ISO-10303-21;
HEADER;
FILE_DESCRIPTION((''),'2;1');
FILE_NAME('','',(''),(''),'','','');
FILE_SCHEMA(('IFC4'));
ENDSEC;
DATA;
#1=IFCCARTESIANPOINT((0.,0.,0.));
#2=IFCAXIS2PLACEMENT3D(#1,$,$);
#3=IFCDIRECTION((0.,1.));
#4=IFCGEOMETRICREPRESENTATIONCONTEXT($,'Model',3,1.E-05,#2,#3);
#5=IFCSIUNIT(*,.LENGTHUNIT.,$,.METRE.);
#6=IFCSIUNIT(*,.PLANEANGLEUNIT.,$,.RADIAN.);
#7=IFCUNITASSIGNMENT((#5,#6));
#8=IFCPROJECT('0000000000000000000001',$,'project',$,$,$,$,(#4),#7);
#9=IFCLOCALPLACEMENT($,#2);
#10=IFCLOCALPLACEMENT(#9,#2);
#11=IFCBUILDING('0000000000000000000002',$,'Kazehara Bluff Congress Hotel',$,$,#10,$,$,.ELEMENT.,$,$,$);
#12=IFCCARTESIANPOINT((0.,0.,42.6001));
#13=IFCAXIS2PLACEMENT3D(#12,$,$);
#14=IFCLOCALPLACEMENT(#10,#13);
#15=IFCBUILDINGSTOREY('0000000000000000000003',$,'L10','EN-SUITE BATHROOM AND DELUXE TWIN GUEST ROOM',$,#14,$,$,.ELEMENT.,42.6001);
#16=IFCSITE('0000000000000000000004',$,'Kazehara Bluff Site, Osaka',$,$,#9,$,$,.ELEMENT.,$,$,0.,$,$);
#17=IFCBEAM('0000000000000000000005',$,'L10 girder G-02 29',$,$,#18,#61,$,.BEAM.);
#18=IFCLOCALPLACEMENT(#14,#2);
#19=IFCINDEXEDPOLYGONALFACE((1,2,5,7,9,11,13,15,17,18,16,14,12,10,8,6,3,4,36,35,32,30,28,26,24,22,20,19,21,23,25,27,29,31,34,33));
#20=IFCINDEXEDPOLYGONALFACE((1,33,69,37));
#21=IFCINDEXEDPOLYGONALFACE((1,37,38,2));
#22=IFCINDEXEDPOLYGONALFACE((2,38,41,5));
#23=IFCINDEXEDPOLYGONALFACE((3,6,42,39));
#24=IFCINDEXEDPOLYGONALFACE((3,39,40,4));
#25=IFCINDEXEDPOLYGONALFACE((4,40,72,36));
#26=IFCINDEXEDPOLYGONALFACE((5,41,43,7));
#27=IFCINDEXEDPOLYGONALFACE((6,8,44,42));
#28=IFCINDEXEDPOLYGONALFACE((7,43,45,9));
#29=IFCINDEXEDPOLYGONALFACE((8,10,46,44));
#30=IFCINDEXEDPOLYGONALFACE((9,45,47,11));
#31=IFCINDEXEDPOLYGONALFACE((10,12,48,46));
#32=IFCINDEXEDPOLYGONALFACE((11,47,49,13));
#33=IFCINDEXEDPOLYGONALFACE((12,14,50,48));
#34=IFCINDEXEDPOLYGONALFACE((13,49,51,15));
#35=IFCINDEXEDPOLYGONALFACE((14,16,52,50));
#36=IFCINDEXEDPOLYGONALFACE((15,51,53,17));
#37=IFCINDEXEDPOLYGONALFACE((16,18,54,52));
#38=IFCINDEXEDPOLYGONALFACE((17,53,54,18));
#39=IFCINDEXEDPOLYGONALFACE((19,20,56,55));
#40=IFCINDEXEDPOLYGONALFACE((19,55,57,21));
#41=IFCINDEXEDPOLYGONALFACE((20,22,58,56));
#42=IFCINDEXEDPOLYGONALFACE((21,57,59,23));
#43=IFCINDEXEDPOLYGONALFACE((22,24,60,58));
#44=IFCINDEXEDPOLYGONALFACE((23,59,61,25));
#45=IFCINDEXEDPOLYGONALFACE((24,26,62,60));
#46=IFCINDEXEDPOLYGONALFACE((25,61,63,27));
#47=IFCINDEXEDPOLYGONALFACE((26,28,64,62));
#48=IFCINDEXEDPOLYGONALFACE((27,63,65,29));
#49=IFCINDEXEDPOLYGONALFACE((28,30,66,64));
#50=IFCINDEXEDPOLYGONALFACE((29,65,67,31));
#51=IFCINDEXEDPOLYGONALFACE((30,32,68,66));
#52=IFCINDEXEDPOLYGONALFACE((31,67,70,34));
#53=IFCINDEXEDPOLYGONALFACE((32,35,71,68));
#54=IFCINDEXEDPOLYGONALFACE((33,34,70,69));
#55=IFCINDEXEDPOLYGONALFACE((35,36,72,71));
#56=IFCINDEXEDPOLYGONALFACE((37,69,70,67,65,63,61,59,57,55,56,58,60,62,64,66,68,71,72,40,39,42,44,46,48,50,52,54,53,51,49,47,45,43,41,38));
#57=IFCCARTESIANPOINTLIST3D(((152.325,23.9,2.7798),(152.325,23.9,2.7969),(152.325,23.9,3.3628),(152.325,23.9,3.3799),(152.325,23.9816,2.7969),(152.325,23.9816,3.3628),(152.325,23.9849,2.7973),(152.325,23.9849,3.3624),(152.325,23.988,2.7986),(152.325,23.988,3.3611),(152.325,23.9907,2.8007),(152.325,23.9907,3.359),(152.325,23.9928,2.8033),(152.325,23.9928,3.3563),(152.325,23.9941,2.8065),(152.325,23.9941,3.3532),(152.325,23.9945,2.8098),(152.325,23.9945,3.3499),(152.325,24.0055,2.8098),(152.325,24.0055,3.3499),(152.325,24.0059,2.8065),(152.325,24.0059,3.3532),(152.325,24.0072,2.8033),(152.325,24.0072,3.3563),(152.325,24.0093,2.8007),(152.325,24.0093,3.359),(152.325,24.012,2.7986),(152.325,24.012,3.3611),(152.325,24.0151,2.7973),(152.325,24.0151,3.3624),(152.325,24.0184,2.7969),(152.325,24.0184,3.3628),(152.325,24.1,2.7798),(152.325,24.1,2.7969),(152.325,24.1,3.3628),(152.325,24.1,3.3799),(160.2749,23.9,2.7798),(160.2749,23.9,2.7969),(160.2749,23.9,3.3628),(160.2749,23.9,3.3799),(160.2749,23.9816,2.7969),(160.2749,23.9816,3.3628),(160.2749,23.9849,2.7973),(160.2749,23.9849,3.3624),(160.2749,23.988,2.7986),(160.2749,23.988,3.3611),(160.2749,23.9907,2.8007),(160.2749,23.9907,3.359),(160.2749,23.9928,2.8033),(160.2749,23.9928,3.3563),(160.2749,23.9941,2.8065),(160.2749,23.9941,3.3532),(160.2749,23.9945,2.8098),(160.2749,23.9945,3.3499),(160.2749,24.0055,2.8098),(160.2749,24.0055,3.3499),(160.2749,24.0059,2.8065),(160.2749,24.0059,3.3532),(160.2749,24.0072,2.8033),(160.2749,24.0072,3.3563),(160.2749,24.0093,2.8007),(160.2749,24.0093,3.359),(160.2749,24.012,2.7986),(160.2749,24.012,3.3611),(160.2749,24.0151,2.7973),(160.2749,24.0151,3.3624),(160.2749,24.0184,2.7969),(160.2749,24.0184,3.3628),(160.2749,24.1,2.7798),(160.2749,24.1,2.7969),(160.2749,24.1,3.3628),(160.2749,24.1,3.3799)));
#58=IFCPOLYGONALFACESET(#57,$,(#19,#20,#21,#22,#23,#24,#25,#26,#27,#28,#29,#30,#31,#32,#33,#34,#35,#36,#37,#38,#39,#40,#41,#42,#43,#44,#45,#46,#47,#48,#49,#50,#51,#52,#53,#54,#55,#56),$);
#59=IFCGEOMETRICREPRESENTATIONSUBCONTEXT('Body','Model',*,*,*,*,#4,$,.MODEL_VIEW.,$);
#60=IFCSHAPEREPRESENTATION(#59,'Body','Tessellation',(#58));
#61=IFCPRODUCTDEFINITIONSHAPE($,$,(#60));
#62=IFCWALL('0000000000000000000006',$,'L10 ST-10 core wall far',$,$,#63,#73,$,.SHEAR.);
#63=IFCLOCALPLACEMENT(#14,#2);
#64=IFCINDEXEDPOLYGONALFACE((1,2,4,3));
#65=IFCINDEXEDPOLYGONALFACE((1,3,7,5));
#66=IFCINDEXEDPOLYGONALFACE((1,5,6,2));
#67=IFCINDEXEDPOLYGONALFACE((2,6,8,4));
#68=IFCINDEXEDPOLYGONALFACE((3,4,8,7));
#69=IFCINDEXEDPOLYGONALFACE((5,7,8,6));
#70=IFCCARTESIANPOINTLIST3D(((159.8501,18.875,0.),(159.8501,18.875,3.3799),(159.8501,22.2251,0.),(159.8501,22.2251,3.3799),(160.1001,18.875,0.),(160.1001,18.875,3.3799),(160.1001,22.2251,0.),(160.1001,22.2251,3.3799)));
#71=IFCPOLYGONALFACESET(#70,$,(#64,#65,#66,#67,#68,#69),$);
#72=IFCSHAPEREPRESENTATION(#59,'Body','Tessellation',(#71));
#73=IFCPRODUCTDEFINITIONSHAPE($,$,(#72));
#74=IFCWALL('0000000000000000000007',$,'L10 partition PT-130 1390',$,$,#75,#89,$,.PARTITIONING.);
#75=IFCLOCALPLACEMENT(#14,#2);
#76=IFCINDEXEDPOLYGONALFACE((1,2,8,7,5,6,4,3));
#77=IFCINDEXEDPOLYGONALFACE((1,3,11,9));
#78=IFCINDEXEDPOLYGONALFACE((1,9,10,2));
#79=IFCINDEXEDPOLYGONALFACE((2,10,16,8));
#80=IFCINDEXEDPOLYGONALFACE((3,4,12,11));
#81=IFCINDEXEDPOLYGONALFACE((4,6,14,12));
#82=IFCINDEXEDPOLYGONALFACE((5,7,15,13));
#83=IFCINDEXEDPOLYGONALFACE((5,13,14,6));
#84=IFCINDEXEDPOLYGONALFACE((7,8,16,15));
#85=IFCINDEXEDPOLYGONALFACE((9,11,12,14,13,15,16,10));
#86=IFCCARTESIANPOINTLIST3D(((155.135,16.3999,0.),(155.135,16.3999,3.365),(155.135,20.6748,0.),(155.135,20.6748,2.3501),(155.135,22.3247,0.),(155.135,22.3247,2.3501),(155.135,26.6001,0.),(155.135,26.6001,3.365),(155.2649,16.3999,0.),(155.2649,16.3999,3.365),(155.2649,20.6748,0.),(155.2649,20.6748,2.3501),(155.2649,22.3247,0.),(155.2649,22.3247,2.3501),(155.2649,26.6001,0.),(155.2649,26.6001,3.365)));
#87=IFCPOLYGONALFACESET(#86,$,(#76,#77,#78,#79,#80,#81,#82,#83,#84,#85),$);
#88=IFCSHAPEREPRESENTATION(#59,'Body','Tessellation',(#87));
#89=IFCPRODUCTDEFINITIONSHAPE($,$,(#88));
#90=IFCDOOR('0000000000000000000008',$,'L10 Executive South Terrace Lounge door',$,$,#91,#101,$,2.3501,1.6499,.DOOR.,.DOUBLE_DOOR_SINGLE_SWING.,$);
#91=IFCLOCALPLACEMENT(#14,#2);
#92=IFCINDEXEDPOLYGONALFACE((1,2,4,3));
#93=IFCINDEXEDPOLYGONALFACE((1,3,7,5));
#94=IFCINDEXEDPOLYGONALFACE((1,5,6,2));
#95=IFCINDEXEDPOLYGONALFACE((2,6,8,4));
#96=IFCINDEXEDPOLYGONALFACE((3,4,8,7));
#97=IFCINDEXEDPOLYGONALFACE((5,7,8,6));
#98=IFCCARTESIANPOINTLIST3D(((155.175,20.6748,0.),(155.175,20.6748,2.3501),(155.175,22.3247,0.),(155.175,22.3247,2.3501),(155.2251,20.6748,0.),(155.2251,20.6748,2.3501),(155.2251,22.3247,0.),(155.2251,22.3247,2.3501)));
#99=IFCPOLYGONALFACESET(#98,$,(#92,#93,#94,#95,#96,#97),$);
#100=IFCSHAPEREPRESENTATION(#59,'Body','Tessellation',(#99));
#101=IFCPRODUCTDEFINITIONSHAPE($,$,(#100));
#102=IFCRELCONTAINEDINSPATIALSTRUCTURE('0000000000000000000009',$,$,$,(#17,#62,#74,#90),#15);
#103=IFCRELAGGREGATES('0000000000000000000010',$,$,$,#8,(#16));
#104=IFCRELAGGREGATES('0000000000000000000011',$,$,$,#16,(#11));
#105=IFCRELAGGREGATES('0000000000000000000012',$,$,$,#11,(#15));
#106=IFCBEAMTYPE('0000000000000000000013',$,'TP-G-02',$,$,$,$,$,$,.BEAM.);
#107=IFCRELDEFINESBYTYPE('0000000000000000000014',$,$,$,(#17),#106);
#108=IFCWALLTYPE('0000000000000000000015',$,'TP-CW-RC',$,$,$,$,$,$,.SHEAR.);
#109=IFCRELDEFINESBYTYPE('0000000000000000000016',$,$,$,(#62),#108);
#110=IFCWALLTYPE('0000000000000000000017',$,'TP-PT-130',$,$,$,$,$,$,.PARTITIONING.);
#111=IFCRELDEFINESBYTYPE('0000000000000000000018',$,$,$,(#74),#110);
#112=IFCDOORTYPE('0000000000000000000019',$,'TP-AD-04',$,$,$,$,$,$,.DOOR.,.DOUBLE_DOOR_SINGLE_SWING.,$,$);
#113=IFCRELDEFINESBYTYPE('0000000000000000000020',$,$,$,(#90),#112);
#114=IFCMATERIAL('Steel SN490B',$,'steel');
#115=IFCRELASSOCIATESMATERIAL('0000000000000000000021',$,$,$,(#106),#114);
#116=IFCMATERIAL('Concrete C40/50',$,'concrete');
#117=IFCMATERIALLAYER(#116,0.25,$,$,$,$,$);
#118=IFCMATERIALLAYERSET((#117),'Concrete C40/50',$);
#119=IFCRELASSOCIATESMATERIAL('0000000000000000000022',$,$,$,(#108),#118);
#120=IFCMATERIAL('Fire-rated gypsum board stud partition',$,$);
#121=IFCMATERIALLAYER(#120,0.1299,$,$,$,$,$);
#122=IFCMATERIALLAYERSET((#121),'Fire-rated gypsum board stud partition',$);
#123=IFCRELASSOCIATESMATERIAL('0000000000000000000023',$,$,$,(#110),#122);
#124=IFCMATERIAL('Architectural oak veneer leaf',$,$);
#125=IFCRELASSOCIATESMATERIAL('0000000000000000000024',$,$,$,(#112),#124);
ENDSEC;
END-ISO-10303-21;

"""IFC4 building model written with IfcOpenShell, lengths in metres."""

from ifc_helpers import new_model, si_unit, direction, frame, frame_2d, origin, origin_2d, place, context, subcontext, project, spatial, rectangle, i_section, extrude, material, layer, layer_set, material_profile, profile_set, type_object, element, fill, save


model = new_model("IFC4")

# Units and contexts
model_context = context("Model", 3, precision=1e-05, world=origin(), true_north=direction((0.0, 1.0)))
body_context = subcontext(model_context, "Body", "Model", "MODEL_VIEW")
ifc_project = project(units=[si_unit("LENGTHUNIT", "METRE"), si_unit("PLANEANGLEUNIT", "RADIAN")], contexts=[model_context])

# Site, building, storey
site_placement = place(None, origin())
site = spatial("IfcSite", under=ifc_project, at=site_placement, Name="Kazehara Bluff Site, Osaka", CompositionType="ELEMENT", RefElevation=0.0)
building_placement = place(site_placement, origin())
building = spatial("IfcBuilding", under=site, at=building_placement, Name="Kazehara Bluff Congress Hotel", CompositionType="ELEMENT")
storey_placement = place(building_placement, frame((0.0, 0.0, 42.6001)))
storey = spatial("IfcBuildingStorey", under=building, at=storey_placement, Name="L10", Description="EN-SUITE BATHROOM AND DELUXE TWIN GUEST ROOM", CompositionType="ELEMENT", Elevation=42.6001)

# Beam
ifc_material_1 = material(Name="Steel SN490B", Category="steel")
ifc_material_profile = material_profile(ifc_material_1, i_section(OverallWidth=0.2, OverallDepth=0.6001, WebThickness=0.011, FlangeThickness=0.0171, FilletRadius=0.0129, at=origin_2d()))
ifc_profile_set = profile_set([ifc_material_profile], Name="Steel SN490B")
beam_type = type_object("IfcBeamType", Name="TP-G-02", PredefinedType="BEAM", material=ifc_profile_set)
beam_placement = place(storey_placement, frame((152.325, 24.0, 3.0798), z_axis=(1.0, 0.0, 0.0), x_axis=(0.0, 1.0, 0.0)))
element("IfcBeam", 1, at=beam_placement, inside=storey, type_object=beam_type, Name="L10 girder G-02 29", PredefinedType="BEAM", context=body_context, shape_type="SweptSolid", body=[
    extrude(i_section(OverallWidth=0.2, OverallDepth=0.6001, WebThickness=0.011, FlangeThickness=0.0171, FilletRadius=0.0129, at=origin_2d()), origin(), (0.0, 0.0, 1.0), 7.95),
])

# Wall
ifc_material_2 = material(Name="Concrete C40/50", Category="concrete")
ifc_layer_1 = layer(ifc_material_2, 0.25)
ifc_layer_set_1 = layer_set([ifc_layer_1], Name="Concrete C40/50")
wall_type_1 = type_object("IfcWallType", Name="TP-CW-RC", PredefinedType="SHEAR", material=ifc_layer_set_1)
wall_1_placement = place(storey_placement, frame((159.9751, 18.875, 0.0), z_axis=(0.0, 0.0, 1.0), x_axis=(0.0, 1.0, 0.0)))
element("IfcWall", 2, at=wall_1_placement, inside=storey, type_object=wall_type_1, Name="L10 ST-10 core wall far", PredefinedType="SHEAR", context=body_context, shape_type="SweptSolid", body=[
    extrude(rectangle(XDim=3.3501, YDim=0.25, at=frame_2d((1.675, 0.0))), origin(), (0.0, 0.0, 1.0), 3.3799),
])

# Wall, opening, door
ifc_material_3 = material(Name="Fire-rated gypsum board stud partition")
ifc_layer_2 = layer(ifc_material_3, 0.1299)
ifc_layer_set_2 = layer_set([ifc_layer_2], Name="Fire-rated gypsum board stud partition")
wall_type_2 = type_object("IfcWallType", Name="TP-PT-130", PredefinedType="PARTITIONING", material=ifc_layer_set_2)
wall_2_placement = place(storey_placement, frame((155.2, 16.3999, 0.0), z_axis=(0.0, 0.0, 1.0), x_axis=(0.0, 1.0, 0.0)))
wall_2 = element("IfcWall", 3, at=wall_2_placement, inside=storey, type_object=wall_type_2, Name="L10 partition PT-130 1390", PredefinedType="PARTITIONING", context=body_context, shape_type="SweptSolid", body=[
    extrude(rectangle(XDim=10.2002, YDim=0.1299, at=frame_2d((5.1001, 0.0))), origin(), (0.0, 0.0, 1.0), 3.365),
])
opening_1_placement = place(wall_2_placement, frame((4.2749, 0.0, 0.0)))
opening_1 = element("IfcOpeningElement", 4, at=opening_1_placement, cuts=wall_2, PredefinedType="OPENING", context=body_context, shape_type="SweptSolid", body=[
    extrude(rectangle(XDim=1.6499, YDim=2.3501, at=frame_2d((0.825, 1.175))), frame((0.0, 0.075, 0.0), z_axis=(0.0, -1.0, 0.0), x_axis=(1.0, 0.0, 0.0)), (0.0, 0.0, 1.0), 0.1499),
])
ifc_material_4 = material(Name="Architectural oak veneer leaf")
door_type_1 = type_object("IfcDoorType", Name="TP-AD-04", OperationType="DOUBLE_DOOR_SINGLE_SWING", PredefinedType="DOOR", material=ifc_material_4)
door_1_placement = place(opening_1_placement, origin())
door_1 = element("IfcDoor", 5, at=door_1_placement, inside=storey, type_object=door_type_1, Name="L10 Executive South Terrace Lounge door", OperationType="DOUBLE_DOOR_SINGLE_SWING", OverallHeight=2.3501, OverallWidth=1.6499, PredefinedType="DOOR", context=body_context, shape_type="SweptSolid", body=[
    extrude(rectangle(XDim=1.6499, YDim=2.3501, at=frame_2d((0.825, 1.175))), frame((0.0, 0.0249, 0.0), z_axis=(0.0, -1.0, 0.0), x_axis=(1.0, 0.0, 0.0)), (0.0, 0.0, 1.0), 0.05),
])
fill(opening_1, door_1)

save(model, "model.ifc")
